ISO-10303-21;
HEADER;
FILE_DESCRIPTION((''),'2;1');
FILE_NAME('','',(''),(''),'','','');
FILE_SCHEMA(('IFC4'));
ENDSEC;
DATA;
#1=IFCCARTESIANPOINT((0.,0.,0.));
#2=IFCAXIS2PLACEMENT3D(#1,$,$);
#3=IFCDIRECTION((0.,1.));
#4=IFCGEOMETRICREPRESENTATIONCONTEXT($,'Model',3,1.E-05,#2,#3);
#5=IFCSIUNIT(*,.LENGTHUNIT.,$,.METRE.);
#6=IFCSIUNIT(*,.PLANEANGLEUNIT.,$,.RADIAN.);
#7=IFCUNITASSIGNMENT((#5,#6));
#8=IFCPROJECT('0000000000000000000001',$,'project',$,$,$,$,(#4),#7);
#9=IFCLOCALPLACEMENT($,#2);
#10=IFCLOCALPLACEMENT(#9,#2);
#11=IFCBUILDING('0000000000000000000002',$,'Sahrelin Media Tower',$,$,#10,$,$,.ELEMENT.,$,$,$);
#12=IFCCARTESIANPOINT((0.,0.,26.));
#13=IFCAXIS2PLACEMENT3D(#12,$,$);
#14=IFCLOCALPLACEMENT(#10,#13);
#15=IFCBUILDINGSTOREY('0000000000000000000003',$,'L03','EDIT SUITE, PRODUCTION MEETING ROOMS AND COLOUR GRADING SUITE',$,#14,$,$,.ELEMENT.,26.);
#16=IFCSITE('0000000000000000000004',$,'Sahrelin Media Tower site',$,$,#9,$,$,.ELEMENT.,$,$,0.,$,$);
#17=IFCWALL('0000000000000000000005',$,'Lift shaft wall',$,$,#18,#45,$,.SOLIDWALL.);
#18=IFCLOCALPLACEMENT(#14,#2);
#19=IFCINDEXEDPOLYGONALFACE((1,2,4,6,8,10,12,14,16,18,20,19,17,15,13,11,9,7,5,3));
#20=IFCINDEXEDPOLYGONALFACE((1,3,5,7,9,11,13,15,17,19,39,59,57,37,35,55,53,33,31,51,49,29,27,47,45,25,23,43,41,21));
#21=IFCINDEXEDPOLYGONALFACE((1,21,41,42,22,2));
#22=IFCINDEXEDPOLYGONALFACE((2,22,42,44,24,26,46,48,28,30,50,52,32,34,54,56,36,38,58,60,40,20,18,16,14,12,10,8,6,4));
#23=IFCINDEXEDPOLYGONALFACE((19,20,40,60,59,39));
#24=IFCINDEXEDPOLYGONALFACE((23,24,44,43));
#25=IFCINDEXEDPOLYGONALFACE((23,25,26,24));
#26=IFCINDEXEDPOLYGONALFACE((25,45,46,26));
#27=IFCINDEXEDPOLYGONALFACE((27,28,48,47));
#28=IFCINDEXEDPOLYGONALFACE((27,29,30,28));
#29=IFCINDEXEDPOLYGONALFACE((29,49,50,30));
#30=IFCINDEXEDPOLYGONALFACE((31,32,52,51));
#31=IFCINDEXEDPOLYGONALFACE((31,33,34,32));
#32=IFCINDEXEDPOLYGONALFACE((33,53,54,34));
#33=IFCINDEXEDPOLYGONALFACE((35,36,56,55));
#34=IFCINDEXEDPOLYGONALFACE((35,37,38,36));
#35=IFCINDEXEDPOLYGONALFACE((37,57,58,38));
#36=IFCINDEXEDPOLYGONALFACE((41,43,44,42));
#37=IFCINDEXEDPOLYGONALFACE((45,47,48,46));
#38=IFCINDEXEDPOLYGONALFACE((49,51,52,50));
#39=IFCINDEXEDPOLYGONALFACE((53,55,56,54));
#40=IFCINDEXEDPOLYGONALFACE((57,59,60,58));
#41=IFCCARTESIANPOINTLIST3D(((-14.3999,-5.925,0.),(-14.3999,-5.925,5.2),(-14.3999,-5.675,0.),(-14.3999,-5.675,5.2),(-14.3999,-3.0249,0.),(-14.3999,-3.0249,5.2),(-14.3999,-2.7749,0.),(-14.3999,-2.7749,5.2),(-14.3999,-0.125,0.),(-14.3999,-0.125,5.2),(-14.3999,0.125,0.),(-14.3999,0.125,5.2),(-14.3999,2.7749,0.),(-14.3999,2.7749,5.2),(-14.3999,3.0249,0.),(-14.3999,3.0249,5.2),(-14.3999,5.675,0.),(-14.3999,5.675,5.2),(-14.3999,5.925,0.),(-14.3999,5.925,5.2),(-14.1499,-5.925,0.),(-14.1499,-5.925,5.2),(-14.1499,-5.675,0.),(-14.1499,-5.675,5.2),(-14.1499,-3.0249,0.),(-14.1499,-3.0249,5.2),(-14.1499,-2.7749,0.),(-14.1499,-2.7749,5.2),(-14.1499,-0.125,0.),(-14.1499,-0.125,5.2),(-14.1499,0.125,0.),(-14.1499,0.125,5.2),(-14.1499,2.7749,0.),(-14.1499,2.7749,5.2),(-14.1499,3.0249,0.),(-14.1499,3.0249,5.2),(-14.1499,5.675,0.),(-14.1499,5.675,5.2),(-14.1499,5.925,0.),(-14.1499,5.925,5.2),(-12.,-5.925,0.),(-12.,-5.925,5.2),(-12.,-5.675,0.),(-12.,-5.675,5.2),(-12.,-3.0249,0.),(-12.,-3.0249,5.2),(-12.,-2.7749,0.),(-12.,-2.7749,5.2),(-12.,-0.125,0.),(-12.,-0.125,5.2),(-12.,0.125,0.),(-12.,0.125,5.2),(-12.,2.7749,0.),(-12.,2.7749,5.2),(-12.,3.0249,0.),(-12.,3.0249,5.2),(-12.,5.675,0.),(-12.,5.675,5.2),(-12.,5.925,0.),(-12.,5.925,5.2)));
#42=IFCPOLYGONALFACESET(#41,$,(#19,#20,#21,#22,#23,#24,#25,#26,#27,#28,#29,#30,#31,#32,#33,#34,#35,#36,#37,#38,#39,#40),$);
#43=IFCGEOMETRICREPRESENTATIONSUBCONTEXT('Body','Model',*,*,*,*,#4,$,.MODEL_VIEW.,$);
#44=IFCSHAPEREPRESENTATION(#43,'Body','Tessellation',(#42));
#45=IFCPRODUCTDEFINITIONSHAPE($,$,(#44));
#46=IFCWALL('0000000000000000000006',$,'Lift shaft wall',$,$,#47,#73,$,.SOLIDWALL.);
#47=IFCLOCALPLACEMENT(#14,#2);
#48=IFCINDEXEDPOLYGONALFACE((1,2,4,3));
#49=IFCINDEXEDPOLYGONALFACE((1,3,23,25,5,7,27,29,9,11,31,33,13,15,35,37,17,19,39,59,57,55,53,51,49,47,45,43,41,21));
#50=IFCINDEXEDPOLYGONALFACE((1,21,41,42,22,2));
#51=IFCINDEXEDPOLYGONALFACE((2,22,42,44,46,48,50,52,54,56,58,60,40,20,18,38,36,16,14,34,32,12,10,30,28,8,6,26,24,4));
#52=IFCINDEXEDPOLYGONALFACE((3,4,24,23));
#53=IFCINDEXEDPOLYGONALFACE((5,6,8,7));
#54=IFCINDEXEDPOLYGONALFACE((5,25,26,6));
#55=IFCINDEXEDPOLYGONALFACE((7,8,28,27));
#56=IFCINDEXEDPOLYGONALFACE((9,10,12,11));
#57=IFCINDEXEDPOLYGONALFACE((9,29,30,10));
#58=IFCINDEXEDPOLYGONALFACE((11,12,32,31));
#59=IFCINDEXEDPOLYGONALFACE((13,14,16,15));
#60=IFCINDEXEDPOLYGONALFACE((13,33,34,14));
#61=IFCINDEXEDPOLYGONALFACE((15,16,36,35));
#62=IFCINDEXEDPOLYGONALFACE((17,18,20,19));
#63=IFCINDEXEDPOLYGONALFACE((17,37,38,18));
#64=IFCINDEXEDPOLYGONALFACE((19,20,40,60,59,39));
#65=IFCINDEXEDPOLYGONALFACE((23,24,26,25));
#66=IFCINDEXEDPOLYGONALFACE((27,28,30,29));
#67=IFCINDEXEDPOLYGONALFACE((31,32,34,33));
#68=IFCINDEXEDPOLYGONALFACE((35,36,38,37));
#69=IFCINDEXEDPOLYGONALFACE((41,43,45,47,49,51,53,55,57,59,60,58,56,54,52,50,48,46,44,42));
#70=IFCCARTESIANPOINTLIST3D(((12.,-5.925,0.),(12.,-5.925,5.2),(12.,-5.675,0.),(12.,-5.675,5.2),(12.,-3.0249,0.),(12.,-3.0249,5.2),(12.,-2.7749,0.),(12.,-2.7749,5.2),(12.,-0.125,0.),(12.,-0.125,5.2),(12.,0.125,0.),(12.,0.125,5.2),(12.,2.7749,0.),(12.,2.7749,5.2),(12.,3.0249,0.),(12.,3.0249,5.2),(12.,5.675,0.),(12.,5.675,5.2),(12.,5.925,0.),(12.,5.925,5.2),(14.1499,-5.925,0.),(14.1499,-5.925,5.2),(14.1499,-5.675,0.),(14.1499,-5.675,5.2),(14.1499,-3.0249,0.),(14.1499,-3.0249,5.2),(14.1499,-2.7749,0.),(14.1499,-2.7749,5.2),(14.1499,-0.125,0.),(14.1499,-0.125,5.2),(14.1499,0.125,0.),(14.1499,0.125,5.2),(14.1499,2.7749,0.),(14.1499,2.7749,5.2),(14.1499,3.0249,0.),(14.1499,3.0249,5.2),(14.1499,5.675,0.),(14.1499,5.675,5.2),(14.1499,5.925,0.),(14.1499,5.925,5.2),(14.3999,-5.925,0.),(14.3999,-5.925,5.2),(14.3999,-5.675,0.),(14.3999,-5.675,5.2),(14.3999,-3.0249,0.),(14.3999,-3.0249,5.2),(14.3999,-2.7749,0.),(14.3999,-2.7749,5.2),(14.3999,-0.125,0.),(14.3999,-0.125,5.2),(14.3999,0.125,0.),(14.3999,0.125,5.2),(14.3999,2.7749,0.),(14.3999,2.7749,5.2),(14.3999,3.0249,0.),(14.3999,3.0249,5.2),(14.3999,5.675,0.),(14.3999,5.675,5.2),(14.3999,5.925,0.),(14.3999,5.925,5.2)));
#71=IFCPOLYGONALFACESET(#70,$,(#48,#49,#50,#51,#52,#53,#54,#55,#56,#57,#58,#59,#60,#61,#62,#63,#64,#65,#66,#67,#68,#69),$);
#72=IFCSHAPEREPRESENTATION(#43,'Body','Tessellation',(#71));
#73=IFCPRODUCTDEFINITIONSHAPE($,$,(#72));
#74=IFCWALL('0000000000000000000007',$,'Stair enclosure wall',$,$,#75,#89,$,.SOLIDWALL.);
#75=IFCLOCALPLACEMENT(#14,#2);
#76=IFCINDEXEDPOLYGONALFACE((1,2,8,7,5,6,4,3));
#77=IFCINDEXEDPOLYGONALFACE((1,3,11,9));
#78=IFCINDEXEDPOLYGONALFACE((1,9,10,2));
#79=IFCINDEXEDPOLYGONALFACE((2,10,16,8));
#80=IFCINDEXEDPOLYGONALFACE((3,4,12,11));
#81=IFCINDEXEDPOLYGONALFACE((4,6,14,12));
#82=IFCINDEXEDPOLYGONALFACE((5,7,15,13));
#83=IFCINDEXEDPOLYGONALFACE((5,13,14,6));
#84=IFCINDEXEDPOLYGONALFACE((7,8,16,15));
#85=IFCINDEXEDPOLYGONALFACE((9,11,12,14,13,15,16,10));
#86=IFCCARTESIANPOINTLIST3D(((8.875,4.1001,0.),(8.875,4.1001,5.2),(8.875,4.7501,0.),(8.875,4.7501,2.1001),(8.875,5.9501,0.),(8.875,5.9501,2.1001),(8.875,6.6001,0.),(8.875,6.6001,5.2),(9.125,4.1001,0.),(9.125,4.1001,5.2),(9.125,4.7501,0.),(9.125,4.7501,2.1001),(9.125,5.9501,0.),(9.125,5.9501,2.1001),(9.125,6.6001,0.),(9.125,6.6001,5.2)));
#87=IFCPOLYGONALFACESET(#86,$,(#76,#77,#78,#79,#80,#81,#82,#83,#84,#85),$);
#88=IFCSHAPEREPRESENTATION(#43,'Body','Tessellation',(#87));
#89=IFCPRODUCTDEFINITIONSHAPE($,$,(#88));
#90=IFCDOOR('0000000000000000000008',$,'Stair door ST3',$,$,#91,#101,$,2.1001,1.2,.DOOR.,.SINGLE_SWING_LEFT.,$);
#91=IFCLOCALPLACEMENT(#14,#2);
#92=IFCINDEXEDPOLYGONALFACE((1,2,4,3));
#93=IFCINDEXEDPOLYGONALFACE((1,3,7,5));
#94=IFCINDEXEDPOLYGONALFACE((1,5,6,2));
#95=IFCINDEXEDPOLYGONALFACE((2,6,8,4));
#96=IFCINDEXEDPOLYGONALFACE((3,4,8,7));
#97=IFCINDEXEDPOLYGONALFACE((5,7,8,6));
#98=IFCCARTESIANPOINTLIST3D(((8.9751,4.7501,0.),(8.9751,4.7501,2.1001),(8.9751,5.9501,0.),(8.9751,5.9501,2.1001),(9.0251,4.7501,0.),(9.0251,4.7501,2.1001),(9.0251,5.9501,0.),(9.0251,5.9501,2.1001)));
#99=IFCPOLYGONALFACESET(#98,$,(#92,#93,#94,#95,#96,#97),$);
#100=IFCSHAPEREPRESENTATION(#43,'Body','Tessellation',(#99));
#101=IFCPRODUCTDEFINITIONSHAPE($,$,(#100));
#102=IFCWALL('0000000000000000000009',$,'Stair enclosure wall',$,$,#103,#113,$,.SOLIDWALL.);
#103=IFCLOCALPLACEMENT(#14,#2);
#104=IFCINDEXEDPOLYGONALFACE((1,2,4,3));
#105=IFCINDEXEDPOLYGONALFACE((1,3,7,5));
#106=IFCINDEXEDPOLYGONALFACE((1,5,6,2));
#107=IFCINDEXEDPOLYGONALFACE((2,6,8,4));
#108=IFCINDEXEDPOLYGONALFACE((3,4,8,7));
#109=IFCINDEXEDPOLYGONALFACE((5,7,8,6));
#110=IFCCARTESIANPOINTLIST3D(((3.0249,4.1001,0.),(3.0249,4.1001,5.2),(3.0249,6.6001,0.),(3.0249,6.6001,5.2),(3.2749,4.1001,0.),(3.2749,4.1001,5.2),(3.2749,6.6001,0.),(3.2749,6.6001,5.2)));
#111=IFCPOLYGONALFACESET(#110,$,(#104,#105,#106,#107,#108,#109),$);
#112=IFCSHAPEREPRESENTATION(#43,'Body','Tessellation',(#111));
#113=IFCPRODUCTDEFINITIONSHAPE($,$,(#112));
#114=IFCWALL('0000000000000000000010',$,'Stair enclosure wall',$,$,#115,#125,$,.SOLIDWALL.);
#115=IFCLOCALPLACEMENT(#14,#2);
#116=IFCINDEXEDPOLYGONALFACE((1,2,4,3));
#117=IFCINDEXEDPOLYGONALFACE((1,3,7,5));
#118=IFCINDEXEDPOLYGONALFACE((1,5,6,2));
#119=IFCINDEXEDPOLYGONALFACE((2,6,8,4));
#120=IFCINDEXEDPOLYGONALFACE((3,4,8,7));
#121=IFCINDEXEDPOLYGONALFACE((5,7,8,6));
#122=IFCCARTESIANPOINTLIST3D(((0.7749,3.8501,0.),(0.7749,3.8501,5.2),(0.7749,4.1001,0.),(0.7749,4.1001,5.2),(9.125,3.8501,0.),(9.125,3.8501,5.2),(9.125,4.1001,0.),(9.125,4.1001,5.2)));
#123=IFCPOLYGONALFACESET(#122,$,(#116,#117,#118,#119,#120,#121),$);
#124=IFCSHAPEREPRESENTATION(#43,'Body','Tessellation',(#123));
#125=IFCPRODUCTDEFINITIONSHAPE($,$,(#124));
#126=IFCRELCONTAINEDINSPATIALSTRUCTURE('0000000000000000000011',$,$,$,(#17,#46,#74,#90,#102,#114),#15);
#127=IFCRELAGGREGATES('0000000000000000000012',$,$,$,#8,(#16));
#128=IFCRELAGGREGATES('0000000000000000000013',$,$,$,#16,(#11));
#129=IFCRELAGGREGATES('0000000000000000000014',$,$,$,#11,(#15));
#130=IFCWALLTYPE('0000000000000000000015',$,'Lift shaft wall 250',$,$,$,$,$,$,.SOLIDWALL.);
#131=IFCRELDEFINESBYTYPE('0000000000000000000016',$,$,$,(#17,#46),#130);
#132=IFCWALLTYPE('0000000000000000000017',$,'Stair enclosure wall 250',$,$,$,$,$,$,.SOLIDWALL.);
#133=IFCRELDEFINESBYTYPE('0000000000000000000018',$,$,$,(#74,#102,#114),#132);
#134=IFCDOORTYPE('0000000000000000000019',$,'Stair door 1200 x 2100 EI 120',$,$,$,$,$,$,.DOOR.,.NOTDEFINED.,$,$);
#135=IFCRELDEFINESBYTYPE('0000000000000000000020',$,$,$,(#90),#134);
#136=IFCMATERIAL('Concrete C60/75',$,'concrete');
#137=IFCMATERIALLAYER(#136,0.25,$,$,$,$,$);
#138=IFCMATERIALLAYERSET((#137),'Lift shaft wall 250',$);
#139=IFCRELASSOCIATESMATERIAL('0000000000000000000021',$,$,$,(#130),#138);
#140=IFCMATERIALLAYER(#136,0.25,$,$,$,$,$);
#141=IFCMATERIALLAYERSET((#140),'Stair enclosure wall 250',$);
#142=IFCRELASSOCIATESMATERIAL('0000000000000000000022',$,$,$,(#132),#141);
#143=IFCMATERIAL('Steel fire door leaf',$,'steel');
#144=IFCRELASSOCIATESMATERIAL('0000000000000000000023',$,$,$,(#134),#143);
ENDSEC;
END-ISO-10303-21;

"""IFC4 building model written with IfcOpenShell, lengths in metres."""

from ifc_helpers import new_model, si_unit, direction, frame, frame_2d, origin, place, context, subcontext, project, spatial, polyline, rectangle, outline, extrude, material, layer, layer_set, type_object, element, fill, save


model = new_model("IFC4")

# Units and contexts
model_context = context("Model", 3, precision=1e-05, world=origin(), true_north=direction((0.0, 1.0)))
body_context = subcontext(model_context, "Body", "Model", "MODEL_VIEW")
ifc_project = project(units=[si_unit("LENGTHUNIT", "METRE"), si_unit("PLANEANGLEUNIT", "RADIAN")], contexts=[model_context])

# Site, building, storey
site_placement = place(None, origin())
site = spatial("IfcSite", under=ifc_project, at=site_placement, Name="Sahrelin Media Tower site", CompositionType="ELEMENT", RefElevation=0.0)
building_placement = place(site_placement, origin())
building = spatial("IfcBuilding", under=site, at=building_placement, Name="Sahrelin Media Tower", CompositionType="ELEMENT")
storey_placement = place(building_placement, frame((0.0, 0.0, 26.0)))
storey = spatial("IfcBuildingStorey", under=building, at=storey_placement, Name="L03", Description="EDIT SUITE, PRODUCTION MEETING ROOMS AND COLOUR GRADING SUITE", CompositionType="ELEMENT", Elevation=26.0)

# Shared definitions
placement_1 = place(storey_placement, origin())

# Shared definitions
ifc_material_1 = material(Name="Concrete C60/75", Category="concrete")
ifc_layer_1 = layer(ifc_material_1, 0.25)
ifc_layer_set_1 = layer_set([ifc_layer_1], Name="Lift shaft wall 250")
wall_type_1 = type_object("IfcWallType", Name="Lift shaft wall 250", PredefinedType="SOLIDWALL", material=ifc_layer_set_1)
ifc_material_2 = material(Name="Steel fire door leaf", Category="steel")

# Walls
element("IfcWall", 1, at=placement_1, inside=storey, type_object=wall_type_1, Name="Lift shaft wall", PredefinedType="SOLIDWALL", context=body_context, shape_type="SweptSolid", body=[
    extrude(outline(polyline([(-12.0, -5.925), (-12.0, -5.675), (-14.1499, -5.675), (-14.1499, -3.0249), (-12.0, -3.0249), (-12.0, -2.7749), (-14.1499, -2.7749), (-14.1499, -0.125), (-12.0, -0.125), (-12.0, 0.125), (-14.1499, 0.125), (-14.1499, 2.7749), (-12.0, 2.7749), (-12.0, 3.0249), (-14.1499, 3.0249), (-14.1499, 5.675), (-12.0, 5.675), (-12.0, 5.925), (-14.1499, 5.925), (-14.3999, 5.925), (-14.3999, 5.675), (-14.3999, 3.0249), (-14.3999, 2.7749), (-14.3999, 0.125), (-14.3999, -0.125), (-14.3999, -2.7749), (-14.3999, -3.0249), (-14.3999, -5.675), (-14.3999, -5.925), (-14.1499, -5.925), (-12.0, -5.925)])), origin(), (0.0, 0.0, 1.0), 5.2),
])
element("IfcWall", 2, at=placement_1, inside=storey, type_object=wall_type_1, Name="Lift shaft wall", PredefinedType="SOLIDWALL", context=body_context, shape_type="SweptSolid", body=[
    extrude(outline(polyline([(12.0, -5.675), (12.0, -5.925), (14.1499, -5.925), (14.3999, -5.925), (14.3999, -5.675), (14.3999, -3.0249), (14.3999, -2.7749), (14.3999, -0.125), (14.3999, 0.125), (14.3999, 2.7749), (14.3999, 3.0249), (14.3999, 5.675), (14.3999, 5.925), (14.1499, 5.925), (12.0, 5.925), (12.0, 5.675), (14.1499, 5.675), (14.1499, 3.0249), (12.0, 3.0249), (12.0, 2.7749), (14.1499, 2.7749), (14.1499, 0.125), (12.0, 0.125), (12.0, -0.125), (14.1499, -0.125), (14.1499, -2.7749), (12.0, -2.7749), (12.0, -3.0249), (14.1499, -3.0249), (14.1499, -5.675), (12.0, -5.675)])), origin(), (0.0, 0.0, 1.0), 5.2),
])

# Wall, opening, door
ifc_layer_2 = layer(ifc_material_1, 0.25)
ifc_layer_set_2 = layer_set([ifc_layer_2], Name="Stair enclosure wall 250")
wall_type_2 = type_object("IfcWallType", Name="Stair enclosure wall 250", PredefinedType="SOLIDWALL", material=ifc_layer_set_2)
wall_1_placement = place(storey_placement, frame((9.0, 4.1001, 0.0), z_axis=(0.0, 0.0, 1.0), x_axis=(0.0, 1.0, 0.0)))
wall_1 = element("IfcWall", 3, at=wall_1_placement, inside=storey, type_object=wall_type_2, Name="Stair enclosure wall", PredefinedType="SOLIDWALL", context=body_context, shape_type="SweptSolid", body=[
    extrude(rectangle(XDim=2.5, YDim=0.25, at=frame_2d((1.25, 0.0))), origin(), (0.0, 0.0, 1.0), 5.2),
])
opening_1_placement = place(wall_1_placement, frame((0.6499, 0.0, 0.0)))
opening_1 = element("IfcOpeningElement", 4, at=opening_1_placement, cuts=wall_1, PredefinedType="OPENING", context=body_context, shape_type="SweptSolid", body=[
    extrude(rectangle(XDim=1.2, YDim=2.1001, at=frame_2d((0.6001, 1.05))), frame((0.0, 0.125, 0.0), z_axis=(0.0, -1.0, 0.0), x_axis=(1.0, 0.0, 0.0)), (0.0, 0.0, 1.0), 0.25),
])
door_type_1 = type_object("IfcDoorType", Name="Stair door 1200 x 2100 EI 120", OperationType="NOTDEFINED", PredefinedType="DOOR", material=ifc_material_2)
door_1_placement = place(opening_1_placement, origin())
door_1 = element("IfcDoor", 5, at=door_1_placement, inside=storey, type_object=door_type_1, Name="Stair door ST3", OperationType="SINGLE_SWING_LEFT", OverallHeight=2.1001, OverallWidth=1.2, PredefinedType="DOOR", context=body_context, shape_type="SweptSolid", body=[
    extrude(rectangle(XDim=1.2, YDim=2.1001, at=frame_2d((0.6001, 1.05))), frame((0.0, 0.0249, 0.0), z_axis=(0.0, -1.0, 0.0), x_axis=(1.0, 0.0, 0.0)), (0.0, 0.0, 1.0), 0.05),
])
fill(opening_1, door_1)

# Walls
wall_2_placement = place(storey_placement, frame((3.1499, 4.1001, 0.0), z_axis=(0.0, 0.0, 1.0), x_axis=(0.0, 1.0, 0.0)))
element("IfcWall", 6, at=wall_2_placement, inside=storey, type_object=wall_type_2, Name="Stair enclosure wall", PredefinedType="SOLIDWALL", context=body_context, shape_type="SweptSolid", body=[
    extrude(rectangle(XDim=2.5, YDim=0.25, at=frame_2d((1.25, 0.0))), origin(), (0.0, 0.0, 1.0), 5.2),
])
wall_3_placement = place(storey_placement, frame((0.7749, 3.9751, 0.0), z_axis=(0.0, 0.0, 1.0), x_axis=(1.0, 0.0, 0.0)))
element("IfcWall", 7, at=wall_3_placement, inside=storey, type_object=wall_type_2, Name="Stair enclosure wall", PredefinedType="SOLIDWALL", context=body_context, shape_type="SweptSolid", body=[
    extrude(rectangle(XDim=8.3501, YDim=0.25, at=frame_2d((4.175, 0.0))), origin(), (0.0, 0.0, 1.0), 5.2),
])

save(model, "model.ifc")
